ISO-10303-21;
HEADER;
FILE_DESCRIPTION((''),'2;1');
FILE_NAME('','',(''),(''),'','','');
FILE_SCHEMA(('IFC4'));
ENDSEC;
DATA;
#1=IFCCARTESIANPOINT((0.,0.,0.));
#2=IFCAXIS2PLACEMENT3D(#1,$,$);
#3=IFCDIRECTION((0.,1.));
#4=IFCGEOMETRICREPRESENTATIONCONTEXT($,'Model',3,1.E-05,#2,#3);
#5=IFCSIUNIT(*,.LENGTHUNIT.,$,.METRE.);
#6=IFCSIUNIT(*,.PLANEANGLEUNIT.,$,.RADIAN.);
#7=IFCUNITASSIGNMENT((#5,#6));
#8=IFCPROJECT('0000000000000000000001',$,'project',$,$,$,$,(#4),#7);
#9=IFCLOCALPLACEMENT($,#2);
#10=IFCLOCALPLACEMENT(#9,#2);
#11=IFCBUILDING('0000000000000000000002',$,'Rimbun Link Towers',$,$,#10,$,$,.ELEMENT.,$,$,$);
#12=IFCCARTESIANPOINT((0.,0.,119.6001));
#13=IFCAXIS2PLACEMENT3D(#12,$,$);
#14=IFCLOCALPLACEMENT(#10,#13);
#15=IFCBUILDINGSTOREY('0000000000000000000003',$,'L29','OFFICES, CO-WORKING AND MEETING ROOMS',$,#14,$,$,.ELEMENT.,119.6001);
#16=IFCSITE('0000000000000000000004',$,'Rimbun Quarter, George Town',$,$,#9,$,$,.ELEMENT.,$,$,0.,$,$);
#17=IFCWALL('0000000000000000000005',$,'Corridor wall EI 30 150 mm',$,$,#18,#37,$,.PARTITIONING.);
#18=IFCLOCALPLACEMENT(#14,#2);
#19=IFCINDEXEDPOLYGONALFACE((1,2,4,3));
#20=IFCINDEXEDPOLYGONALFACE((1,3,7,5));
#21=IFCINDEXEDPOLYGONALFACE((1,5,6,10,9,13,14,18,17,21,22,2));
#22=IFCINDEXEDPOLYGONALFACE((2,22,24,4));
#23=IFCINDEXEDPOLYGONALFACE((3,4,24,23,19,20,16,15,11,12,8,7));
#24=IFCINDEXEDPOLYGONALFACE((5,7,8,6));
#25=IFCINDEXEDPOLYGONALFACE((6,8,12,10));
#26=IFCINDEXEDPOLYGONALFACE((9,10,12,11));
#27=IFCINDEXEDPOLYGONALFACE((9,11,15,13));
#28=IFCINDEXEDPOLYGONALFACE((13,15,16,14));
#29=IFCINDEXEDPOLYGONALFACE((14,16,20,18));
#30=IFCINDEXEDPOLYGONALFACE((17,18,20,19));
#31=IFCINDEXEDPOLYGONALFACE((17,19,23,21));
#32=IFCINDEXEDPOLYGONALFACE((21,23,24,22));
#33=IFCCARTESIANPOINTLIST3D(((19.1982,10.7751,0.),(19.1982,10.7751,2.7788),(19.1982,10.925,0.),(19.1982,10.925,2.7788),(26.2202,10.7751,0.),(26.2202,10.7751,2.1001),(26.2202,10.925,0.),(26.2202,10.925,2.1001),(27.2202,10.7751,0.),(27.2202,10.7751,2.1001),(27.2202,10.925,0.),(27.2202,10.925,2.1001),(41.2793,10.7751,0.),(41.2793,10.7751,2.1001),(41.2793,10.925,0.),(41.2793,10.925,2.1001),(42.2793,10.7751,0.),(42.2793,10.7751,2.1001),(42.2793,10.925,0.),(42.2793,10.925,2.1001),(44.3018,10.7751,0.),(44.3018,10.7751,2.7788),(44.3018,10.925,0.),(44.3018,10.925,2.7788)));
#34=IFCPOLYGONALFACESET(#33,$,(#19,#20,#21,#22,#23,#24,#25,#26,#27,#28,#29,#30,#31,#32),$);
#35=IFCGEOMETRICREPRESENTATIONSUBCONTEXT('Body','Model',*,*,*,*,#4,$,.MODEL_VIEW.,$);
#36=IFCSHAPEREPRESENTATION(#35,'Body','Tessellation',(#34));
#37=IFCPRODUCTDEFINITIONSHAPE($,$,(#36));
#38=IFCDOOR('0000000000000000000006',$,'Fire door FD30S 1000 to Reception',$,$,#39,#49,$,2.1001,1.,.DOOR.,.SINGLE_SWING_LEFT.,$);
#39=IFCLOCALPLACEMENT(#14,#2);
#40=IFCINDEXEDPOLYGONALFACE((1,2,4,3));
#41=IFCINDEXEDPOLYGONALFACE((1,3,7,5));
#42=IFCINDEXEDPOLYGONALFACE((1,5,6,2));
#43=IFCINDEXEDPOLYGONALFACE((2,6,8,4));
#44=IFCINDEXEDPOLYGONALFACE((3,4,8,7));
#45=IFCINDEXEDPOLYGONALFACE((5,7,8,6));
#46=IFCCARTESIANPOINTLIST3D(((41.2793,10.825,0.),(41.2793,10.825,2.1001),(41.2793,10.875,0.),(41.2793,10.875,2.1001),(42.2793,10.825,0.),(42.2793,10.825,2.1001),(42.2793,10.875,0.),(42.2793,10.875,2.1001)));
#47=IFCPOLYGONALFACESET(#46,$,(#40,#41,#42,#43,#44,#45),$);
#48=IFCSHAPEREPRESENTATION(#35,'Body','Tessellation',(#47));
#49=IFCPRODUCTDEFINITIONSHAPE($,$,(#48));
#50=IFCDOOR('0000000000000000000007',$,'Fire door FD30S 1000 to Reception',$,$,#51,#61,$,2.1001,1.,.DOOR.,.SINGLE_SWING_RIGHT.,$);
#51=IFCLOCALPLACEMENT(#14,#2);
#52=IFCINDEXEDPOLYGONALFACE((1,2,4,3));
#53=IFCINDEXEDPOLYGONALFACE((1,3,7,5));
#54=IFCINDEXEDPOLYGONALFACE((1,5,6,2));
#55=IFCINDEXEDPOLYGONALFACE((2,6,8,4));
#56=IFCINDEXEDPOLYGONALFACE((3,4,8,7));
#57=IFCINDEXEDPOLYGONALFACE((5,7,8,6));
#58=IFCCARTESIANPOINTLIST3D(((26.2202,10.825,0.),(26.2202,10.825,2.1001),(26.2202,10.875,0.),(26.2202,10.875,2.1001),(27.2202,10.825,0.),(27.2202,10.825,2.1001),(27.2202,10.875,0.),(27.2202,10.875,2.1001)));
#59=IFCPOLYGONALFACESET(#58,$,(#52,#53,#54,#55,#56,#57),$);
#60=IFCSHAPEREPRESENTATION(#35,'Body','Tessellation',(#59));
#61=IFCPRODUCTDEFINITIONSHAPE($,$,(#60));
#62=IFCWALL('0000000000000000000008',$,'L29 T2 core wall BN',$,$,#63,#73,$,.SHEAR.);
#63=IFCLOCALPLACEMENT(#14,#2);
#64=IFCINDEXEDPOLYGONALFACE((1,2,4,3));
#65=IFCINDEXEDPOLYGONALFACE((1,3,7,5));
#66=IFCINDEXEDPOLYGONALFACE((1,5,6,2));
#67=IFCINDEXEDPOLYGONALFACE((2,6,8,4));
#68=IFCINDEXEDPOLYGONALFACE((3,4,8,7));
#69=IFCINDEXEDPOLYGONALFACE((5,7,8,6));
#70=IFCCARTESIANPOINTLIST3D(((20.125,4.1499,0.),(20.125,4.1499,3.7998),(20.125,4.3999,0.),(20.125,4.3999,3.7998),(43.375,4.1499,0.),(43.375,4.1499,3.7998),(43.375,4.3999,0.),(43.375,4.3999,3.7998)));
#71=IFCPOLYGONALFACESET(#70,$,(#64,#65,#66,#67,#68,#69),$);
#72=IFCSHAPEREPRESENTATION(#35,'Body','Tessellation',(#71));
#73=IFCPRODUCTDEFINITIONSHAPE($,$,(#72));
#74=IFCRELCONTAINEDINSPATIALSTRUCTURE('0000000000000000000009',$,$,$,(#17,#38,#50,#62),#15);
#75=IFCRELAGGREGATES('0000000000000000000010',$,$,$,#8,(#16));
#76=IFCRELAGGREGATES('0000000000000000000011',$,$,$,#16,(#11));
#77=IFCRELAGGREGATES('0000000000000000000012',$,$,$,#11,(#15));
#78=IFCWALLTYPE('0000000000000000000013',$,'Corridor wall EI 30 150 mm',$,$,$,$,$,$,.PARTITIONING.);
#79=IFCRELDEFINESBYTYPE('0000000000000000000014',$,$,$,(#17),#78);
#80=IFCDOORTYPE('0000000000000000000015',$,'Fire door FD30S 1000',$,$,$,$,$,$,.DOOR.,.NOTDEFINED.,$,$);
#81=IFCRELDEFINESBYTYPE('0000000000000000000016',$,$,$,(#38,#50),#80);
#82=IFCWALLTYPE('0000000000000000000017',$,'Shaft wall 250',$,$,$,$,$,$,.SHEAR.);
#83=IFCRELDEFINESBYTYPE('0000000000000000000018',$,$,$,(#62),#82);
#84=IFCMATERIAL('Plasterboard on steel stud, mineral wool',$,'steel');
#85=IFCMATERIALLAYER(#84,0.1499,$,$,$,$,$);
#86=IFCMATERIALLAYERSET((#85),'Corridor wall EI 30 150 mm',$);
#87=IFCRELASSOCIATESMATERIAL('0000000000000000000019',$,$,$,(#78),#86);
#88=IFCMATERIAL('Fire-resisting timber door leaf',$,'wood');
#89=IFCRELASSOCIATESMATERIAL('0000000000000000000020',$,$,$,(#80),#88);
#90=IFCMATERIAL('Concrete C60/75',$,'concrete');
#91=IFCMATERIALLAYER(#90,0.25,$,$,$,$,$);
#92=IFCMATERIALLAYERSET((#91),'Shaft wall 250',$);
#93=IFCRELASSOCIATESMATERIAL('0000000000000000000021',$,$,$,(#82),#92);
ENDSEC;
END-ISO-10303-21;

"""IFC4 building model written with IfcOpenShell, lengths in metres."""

from ifc_helpers import new_model, si_unit, direction, frame, frame_2d, origin, place, context, subcontext, project, spatial, rectangle, extrude, material, layer, layer_set, type_object, element, fill, save


model = new_model("IFC4")

# Units and contexts
model_context = context("Model", 3, precision=1e-05, world=origin(), true_north=direction((0.0, 1.0)))
body_context = subcontext(model_context, "Body", "Model", "MODEL_VIEW")
ifc_project = project(units=[si_unit("LENGTHUNIT", "METRE"), si_unit("PLANEANGLEUNIT", "RADIAN")], contexts=[model_context])

# Site, building, storey
site_placement = place(None, origin())
site = spatial("IfcSite", under=ifc_project, at=site_placement, Name="Rimbun Quarter, George Town", CompositionType="ELEMENT", RefElevation=0.0)
building_placement = place(site_placement, origin())
building = spatial("IfcBuilding", under=site, at=building_placement, Name="Rimbun Link Towers", CompositionType="ELEMENT")
storey_placement = place(building_placement, frame((0.0, 0.0, 119.6001)))
storey = spatial("IfcBuildingStorey", under=building, at=storey_placement, Name="L29", Description="OFFICES, CO-WORKING AND MEETING ROOMS", CompositionType="ELEMENT", Elevation=119.6001)

# Wall, openings, doors
ifc_material_1 = material(Name="Plasterboard on steel stud, mineral wool", Category="steel")
ifc_layer_1 = layer(ifc_material_1, 0.1499)
ifc_layer_set_1 = layer_set([ifc_layer_1], Name="Corridor wall EI 30 150 mm")
wall_type_1 = type_object("IfcWallType", Name="Corridor wall EI 30 150 mm", PredefinedType="PARTITIONING", material=ifc_layer_set_1)
wall_1_placement = place(storey_placement, frame((19.1982, 10.8501, 0.0), z_axis=(0.0, 0.0, 1.0), x_axis=(1.0, 0.0, 0.0)))
wall_1 = element("IfcWall", 1, at=wall_1_placement, inside=storey, type_object=wall_type_1, Name="Corridor wall EI 30 150 mm", PredefinedType="PARTITIONING", context=body_context, shape_type="SweptSolid", body=[
    extrude(rectangle(XDim=25.1035, YDim=0.1499, at=frame_2d((12.5518, 0.0))), origin(), (0.0, 0.0, 1.0), 2.7788),
])
opening_1_placement = place(wall_1_placement, frame((22.0811, 0.0, 0.0)))
opening_1 = element("IfcOpeningElement", 2, at=opening_1_placement, cuts=wall_1, PredefinedType="OPENING", context=body_context, shape_type="SweptSolid", body=[
    extrude(rectangle(XDim=1.0, YDim=2.1001, at=frame_2d((0.5, 1.05))), frame((0.0, 0.085, 0.0), z_axis=(0.0, -1.0, 0.0), x_axis=(1.0, 0.0, 0.0)), (0.0, 0.0, 1.0), 0.1699),
])
opening_2_placement = place(wall_1_placement, frame((7.022, 0.0, 0.0)))
opening_2 = element("IfcOpeningElement", 3, at=opening_2_placement, cuts=wall_1, PredefinedType="OPENING", context=body_context, shape_type="SweptSolid", body=[
    extrude(rectangle(XDim=1.0, YDim=2.1001, at=frame_2d((0.5, 1.05))), frame((0.0, 0.085, 0.0), z_axis=(0.0, -1.0, 0.0), x_axis=(1.0, 0.0, 0.0)), (0.0, 0.0, 1.0), 0.1699),
])
ifc_material_2 = material(Name="Fire-resisting timber door leaf", Category="wood")
door_type_1 = type_object("IfcDoorType", Name="Fire door FD30S 1000", OperationType="NOTDEFINED", PredefinedType="DOOR", material=ifc_material_2)
door_1_placement = place(opening_1_placement, origin())
door_1 = element("IfcDoor", 4, at=door_1_placement, inside=storey, type_object=door_type_1, Name="Fire door FD30S 1000 to Reception", OperationType="SINGLE_SWING_LEFT", OverallHeight=2.1001, OverallWidth=1.0, PredefinedType="DOOR", context=body_context, shape_type="SweptSolid", body=[
    extrude(rectangle(XDim=1.0, YDim=2.1001, at=frame_2d((0.5, 1.05))), frame((0.0, 0.0249, 0.0), z_axis=(0.0, -1.0, 0.0), x_axis=(1.0, 0.0, 0.0)), (0.0, 0.0, 1.0), 0.05),
])
fill(opening_1, door_1)
door_2_placement = place(opening_2_placement, origin())
door_2 = element("IfcDoor", 5, at=door_2_placement, inside=storey, type_object=door_type_1, Name="Fire door FD30S 1000 to Reception", OperationType="SINGLE_SWING_RIGHT", OverallHeight=2.1001, OverallWidth=1.0, PredefinedType="DOOR", context=body_context, shape_type="SweptSolid", body=[
    extrude(rectangle(XDim=1.0, YDim=2.1001, at=frame_2d((0.5, 1.05))), frame((0.0, 0.0249, 0.0), z_axis=(0.0, -1.0, 0.0), x_axis=(1.0, 0.0, 0.0)), (0.0, 0.0, 1.0), 0.05),
])
fill(opening_2, door_2)

# Wall
ifc_material_3 = material(Name="Concrete C60/75", Category="concrete")
ifc_layer_2 = layer(ifc_material_3, 0.25)
ifc_layer_set_2 = layer_set([ifc_layer_2], Name="Shaft wall 250")
wall_type_2 = type_object("IfcWallType", Name="Shaft wall 250", PredefinedType="SHEAR", material=ifc_layer_set_2)
wall_2_placement = place(storey_placement, frame((20.125, 4.2749, 0.0), z_axis=(0.0, 0.0, 1.0), x_axis=(1.0, 0.0, 0.0)))
element("IfcWall", 6, at=wall_2_placement, inside=storey, type_object=wall_type_2, Name="L29 T2 core wall BN", PredefinedType="SHEAR", context=body_context, shape_type="SweptSolid", body=[
    extrude(rectangle(XDim=23.25, YDim=0.25, at=frame_2d((11.625, 0.0))), origin(), (0.0, 0.0, 1.0), 3.7998),
])

save(model, "model.ifc")
